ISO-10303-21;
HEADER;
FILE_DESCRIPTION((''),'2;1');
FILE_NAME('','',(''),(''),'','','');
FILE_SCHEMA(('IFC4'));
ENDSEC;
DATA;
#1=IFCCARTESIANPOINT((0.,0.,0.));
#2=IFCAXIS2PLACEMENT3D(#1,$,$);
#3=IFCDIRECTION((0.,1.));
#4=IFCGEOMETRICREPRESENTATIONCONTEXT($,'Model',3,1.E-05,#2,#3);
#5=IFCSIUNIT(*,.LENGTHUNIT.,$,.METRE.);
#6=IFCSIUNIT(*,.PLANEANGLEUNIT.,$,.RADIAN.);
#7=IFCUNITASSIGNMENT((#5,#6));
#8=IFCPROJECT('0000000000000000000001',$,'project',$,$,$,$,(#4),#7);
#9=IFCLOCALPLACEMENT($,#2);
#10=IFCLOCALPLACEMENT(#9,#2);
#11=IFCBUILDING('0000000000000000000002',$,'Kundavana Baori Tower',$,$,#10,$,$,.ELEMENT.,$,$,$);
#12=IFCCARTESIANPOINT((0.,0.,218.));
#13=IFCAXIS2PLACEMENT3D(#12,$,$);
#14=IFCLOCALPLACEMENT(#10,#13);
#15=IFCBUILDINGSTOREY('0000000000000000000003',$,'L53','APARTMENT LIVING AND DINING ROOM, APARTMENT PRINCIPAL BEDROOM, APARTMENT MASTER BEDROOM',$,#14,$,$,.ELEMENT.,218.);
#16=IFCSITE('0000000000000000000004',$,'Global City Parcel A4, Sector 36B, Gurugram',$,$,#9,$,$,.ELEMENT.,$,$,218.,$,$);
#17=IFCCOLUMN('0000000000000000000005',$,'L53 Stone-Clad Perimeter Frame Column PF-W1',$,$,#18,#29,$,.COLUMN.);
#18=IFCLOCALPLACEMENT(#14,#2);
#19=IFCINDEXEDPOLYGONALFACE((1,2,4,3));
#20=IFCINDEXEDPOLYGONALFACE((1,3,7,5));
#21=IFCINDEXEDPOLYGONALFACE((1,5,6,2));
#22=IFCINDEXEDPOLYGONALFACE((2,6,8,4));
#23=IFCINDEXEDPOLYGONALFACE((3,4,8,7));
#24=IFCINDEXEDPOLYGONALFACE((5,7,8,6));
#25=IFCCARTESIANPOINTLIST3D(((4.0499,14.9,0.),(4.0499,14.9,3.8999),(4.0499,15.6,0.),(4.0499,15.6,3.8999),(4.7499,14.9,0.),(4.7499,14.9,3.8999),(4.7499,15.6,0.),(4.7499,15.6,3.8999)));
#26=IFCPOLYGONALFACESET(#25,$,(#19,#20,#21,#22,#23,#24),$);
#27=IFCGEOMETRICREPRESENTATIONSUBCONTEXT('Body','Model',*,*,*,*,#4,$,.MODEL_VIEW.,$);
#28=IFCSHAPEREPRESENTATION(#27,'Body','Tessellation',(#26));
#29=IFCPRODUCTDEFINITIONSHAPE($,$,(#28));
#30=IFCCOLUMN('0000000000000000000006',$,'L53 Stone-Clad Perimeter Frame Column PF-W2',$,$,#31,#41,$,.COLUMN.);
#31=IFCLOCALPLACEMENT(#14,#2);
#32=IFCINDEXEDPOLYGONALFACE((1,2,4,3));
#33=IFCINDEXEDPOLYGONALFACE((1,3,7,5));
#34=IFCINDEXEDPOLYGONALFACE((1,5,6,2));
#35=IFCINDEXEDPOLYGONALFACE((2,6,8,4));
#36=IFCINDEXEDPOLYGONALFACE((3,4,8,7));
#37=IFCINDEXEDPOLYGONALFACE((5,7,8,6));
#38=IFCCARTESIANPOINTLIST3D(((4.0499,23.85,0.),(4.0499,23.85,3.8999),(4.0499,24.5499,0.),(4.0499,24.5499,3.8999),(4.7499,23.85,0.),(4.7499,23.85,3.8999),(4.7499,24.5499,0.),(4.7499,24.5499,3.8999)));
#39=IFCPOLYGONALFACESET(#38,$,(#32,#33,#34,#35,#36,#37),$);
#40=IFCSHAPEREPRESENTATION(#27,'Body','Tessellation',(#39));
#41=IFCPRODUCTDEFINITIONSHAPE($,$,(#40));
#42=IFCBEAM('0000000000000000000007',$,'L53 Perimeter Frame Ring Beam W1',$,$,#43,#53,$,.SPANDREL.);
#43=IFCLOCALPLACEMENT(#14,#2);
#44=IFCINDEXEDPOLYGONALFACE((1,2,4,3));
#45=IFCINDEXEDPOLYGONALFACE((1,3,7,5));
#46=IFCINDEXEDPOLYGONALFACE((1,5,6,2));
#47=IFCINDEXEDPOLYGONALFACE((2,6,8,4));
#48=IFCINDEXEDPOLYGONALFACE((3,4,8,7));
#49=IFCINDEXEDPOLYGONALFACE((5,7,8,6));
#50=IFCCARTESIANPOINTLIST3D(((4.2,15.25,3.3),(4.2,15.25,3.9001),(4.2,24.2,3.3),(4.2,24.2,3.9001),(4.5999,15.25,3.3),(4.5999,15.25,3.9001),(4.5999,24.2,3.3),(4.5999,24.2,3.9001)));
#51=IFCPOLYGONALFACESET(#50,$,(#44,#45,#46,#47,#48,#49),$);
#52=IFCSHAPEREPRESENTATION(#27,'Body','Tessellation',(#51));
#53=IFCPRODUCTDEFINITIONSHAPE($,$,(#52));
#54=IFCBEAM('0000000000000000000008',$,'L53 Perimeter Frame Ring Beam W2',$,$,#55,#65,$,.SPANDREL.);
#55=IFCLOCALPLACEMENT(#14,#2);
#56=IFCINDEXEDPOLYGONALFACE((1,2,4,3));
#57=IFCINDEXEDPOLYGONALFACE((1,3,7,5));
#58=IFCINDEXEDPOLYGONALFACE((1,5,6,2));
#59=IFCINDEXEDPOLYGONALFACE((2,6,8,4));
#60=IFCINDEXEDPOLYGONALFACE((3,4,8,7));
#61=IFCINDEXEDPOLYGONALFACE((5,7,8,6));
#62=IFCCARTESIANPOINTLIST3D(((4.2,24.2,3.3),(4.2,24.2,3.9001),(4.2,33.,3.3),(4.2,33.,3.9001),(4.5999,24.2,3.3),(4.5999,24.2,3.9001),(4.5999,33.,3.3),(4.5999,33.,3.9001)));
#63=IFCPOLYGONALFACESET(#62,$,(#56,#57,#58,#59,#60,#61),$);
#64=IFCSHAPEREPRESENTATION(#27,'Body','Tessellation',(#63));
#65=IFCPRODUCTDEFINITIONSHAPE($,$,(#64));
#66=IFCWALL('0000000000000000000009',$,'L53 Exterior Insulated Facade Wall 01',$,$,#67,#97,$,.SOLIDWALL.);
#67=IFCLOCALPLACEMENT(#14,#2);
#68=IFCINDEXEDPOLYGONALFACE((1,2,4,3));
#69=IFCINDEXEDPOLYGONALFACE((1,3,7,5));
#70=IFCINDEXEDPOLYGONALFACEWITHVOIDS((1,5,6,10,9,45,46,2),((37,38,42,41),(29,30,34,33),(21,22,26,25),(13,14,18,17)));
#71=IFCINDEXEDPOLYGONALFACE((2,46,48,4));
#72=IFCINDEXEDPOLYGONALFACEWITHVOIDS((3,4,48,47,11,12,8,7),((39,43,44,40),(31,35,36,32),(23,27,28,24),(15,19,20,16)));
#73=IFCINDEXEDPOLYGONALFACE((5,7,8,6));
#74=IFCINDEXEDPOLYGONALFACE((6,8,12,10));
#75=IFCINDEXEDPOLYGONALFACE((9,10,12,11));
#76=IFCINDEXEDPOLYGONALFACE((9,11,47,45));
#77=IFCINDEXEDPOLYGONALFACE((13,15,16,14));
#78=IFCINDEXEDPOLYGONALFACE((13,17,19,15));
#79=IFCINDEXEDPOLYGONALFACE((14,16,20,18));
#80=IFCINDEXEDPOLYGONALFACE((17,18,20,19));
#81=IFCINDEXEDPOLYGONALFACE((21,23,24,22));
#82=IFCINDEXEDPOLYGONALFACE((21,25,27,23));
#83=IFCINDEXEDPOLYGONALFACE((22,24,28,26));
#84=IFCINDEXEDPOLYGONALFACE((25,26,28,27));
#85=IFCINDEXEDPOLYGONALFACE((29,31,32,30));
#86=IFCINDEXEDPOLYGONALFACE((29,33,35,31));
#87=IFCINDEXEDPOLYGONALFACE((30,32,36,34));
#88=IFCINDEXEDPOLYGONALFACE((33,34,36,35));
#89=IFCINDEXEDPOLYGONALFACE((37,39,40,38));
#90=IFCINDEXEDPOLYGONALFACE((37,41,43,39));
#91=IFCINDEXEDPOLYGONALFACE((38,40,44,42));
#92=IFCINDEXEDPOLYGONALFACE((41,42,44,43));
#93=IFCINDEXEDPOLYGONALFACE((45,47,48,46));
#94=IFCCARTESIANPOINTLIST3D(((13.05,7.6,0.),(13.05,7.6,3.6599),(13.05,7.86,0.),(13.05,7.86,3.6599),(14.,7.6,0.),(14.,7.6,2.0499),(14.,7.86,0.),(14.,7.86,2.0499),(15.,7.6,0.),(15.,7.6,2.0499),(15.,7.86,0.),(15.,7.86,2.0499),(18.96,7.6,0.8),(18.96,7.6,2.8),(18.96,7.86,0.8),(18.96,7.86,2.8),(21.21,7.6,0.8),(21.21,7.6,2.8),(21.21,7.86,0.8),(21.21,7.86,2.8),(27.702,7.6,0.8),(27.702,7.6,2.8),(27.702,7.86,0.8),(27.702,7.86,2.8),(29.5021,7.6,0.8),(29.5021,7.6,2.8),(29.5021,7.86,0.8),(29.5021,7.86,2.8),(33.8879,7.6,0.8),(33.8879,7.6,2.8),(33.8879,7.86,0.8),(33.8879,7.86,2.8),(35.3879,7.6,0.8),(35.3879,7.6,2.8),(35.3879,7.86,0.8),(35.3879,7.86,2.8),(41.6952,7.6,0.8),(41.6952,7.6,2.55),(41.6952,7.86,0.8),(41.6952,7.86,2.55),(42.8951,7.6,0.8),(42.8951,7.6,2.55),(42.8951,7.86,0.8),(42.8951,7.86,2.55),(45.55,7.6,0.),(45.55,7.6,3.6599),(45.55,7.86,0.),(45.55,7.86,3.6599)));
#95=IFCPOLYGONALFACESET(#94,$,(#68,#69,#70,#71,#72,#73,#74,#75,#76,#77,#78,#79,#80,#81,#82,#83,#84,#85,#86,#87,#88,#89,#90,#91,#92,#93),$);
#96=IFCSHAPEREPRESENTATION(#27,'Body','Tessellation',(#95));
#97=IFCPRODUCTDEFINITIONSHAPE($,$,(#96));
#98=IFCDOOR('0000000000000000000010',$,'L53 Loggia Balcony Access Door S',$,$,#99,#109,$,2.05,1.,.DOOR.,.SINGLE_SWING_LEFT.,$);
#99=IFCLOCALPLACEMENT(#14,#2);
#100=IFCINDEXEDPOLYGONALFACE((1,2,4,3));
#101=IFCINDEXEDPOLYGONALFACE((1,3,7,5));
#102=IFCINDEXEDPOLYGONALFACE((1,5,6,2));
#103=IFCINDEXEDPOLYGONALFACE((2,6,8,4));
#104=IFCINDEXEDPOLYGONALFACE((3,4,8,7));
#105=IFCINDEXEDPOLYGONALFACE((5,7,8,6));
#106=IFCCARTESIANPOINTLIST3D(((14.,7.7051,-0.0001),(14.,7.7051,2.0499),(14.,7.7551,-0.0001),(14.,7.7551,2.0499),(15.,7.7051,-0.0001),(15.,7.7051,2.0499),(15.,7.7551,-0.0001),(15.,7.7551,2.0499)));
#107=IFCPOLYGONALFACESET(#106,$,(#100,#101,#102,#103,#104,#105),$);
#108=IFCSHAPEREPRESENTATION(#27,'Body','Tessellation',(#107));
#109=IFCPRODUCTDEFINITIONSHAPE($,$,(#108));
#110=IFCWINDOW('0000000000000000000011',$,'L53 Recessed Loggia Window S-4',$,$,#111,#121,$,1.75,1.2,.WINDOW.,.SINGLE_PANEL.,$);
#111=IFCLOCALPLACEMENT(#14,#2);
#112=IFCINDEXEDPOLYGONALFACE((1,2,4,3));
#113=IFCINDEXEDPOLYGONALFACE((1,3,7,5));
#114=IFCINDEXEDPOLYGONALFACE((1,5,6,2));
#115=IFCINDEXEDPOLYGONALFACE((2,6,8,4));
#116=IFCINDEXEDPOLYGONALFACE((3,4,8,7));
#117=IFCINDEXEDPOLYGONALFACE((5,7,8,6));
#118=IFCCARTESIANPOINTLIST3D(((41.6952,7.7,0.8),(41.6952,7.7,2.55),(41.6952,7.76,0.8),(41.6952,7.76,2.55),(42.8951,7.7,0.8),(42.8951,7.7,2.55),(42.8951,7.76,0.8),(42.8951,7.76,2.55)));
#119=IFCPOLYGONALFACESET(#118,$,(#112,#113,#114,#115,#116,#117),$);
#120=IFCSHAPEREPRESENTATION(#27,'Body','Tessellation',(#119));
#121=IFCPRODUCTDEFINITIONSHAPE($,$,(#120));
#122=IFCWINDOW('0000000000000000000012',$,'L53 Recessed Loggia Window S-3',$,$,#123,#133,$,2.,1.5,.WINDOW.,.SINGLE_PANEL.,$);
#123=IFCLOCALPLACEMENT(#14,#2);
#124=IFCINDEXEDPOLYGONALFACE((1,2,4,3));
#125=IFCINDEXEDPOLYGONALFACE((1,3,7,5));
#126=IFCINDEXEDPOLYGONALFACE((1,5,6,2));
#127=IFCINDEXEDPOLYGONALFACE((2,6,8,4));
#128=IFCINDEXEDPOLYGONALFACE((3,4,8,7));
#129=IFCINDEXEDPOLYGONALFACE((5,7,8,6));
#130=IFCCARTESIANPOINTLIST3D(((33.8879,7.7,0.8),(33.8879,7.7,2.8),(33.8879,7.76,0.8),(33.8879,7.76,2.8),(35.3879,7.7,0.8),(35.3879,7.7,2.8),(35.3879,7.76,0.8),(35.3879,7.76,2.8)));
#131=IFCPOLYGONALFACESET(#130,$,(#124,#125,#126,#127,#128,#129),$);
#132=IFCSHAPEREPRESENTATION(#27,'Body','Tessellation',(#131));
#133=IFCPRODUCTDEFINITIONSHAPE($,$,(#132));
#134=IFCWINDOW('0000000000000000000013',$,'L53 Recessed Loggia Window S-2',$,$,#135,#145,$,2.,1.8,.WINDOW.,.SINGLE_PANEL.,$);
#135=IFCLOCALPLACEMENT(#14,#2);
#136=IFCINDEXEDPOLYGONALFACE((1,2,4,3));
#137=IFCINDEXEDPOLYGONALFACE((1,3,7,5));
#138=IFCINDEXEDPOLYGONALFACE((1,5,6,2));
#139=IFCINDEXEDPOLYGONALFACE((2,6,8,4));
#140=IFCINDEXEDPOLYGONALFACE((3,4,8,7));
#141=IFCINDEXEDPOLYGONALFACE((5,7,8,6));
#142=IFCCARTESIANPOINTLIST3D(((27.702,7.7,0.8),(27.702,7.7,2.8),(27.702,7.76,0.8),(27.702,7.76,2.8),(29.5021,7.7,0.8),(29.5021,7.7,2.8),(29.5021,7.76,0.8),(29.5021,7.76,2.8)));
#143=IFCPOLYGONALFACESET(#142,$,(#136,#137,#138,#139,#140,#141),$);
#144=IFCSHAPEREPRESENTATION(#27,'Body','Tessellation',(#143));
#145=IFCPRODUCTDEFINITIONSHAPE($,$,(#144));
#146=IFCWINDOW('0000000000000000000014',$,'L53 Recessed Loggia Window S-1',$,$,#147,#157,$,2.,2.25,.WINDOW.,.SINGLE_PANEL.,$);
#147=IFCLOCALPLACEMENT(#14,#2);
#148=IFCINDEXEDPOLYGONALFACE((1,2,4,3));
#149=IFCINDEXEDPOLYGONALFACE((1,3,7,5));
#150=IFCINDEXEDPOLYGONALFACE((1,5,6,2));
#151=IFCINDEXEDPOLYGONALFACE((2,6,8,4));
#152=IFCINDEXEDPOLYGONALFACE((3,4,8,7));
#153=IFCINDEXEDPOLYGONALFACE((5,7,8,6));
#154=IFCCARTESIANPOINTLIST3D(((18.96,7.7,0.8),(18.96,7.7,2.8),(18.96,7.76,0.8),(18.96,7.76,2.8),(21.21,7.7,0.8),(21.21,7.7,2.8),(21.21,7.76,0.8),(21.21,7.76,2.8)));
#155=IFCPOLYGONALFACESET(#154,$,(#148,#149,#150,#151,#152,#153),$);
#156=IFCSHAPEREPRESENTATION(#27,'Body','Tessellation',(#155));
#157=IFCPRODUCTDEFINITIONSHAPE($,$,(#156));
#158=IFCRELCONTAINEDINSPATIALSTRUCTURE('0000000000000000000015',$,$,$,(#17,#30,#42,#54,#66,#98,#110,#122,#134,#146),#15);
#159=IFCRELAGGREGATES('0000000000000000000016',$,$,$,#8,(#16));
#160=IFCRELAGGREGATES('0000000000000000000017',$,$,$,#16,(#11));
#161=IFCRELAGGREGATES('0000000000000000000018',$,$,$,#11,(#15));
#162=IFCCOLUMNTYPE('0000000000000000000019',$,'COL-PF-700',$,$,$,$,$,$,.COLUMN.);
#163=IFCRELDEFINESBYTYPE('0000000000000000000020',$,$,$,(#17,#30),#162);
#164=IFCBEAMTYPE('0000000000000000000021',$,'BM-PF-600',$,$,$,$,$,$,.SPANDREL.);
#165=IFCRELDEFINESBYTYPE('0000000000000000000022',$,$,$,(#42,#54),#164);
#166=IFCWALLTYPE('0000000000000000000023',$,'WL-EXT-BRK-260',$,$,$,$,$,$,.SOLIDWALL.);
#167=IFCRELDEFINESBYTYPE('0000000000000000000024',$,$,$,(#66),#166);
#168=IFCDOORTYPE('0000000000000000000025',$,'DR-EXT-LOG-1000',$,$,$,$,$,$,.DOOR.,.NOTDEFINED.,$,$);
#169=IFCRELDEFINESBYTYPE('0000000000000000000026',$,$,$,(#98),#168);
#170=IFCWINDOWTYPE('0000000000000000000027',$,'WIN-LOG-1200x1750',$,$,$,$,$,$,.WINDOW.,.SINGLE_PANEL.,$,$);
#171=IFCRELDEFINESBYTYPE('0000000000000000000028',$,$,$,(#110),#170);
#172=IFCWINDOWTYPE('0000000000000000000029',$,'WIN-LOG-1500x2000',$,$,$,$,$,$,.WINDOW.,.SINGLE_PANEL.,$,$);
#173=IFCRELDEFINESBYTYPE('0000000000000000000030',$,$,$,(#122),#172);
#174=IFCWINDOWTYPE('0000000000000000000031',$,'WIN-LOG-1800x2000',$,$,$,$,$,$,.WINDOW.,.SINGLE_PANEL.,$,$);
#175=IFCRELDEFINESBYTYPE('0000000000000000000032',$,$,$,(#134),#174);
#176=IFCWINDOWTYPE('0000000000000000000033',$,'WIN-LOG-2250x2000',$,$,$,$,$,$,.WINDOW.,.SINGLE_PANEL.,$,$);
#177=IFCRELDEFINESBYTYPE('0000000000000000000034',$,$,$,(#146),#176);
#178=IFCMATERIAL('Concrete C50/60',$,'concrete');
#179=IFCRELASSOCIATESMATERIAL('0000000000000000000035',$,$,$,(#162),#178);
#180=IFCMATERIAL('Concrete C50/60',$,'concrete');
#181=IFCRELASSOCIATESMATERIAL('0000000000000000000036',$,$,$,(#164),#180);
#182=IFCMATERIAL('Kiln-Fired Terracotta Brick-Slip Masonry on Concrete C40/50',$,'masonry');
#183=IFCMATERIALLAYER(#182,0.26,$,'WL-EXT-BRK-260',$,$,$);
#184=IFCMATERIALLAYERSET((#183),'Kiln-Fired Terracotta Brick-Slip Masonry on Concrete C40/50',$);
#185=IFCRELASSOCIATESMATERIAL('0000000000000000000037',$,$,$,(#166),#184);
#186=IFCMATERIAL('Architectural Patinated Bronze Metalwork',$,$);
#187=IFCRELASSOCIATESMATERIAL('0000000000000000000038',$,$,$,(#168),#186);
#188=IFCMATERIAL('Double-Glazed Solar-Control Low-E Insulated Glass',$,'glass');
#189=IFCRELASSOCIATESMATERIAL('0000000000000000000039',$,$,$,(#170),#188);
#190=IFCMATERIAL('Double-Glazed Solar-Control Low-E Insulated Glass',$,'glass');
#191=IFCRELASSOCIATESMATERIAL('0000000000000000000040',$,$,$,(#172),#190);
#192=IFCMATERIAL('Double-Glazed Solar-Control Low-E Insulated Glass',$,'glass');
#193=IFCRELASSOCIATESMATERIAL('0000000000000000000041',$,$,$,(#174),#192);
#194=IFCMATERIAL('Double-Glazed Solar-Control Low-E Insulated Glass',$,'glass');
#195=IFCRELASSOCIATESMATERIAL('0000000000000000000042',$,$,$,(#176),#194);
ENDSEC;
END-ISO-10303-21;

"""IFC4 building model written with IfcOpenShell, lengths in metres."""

from ifc_helpers import new_model, si_unit, direction, frame, frame_2d, origin, origin_2d, place, context, subcontext, project, spatial, rectangle, extrude, material, layer, layer_set, material_profile, profile_set, type_object, element, fill, save


model = new_model("IFC4")

# Units and contexts
model_context = context("Model", 3, precision=1e-05, world=origin(), true_north=direction((0.0, 1.0)))
body_context = subcontext(model_context, "Body", "Model", "MODEL_VIEW")
ifc_project = project(units=[si_unit("LENGTHUNIT", "METRE"), si_unit("PLANEANGLEUNIT", "RADIAN")], contexts=[model_context])

# Site, building, storey
site_placement = place(None, origin())
site = spatial("IfcSite", under=ifc_project, at=site_placement, Name="Global City Parcel A4, Sector 36B, Gurugram", CompositionType="ELEMENT", RefElevation=218.0)
building_placement = place(site_placement, origin())
building = spatial("IfcBuilding", under=site, at=building_placement, Name="Kundavana Baori Tower", CompositionType="ELEMENT")
storey_placement = place(building_placement, frame((0.0, 0.0, 218.0)))
storey = spatial("IfcBuildingStorey", under=building, at=storey_placement, Name="L53", Description="APARTMENT LIVING AND DINING ROOM, APARTMENT PRINCIPAL BEDROOM, APARTMENT MASTER BEDROOM", CompositionType="ELEMENT", Elevation=218.0)

# Columns
ifc_material_1 = material(Name="Concrete C50/60", Category="concrete")
ifc_material_profile_1 = material_profile(ifc_material_1, rectangle(XDim=0.7, YDim=0.7, at=origin_2d()), Name="RC PF 700x700")
ifc_profile_set_1 = profile_set([ifc_material_profile_1], Name="Concrete C50/60")
column_type = type_object("IfcColumnType", Name="COL-PF-700", PredefinedType="COLUMN", material=ifc_profile_set_1)
for number, where, z_axis, x_axis, name in (
    (1, (4.3999, 15.25, 0.0), (0.0, 0.0, 1.0), (1.0, 0.0, 0.0), "L53 Stone-Clad Perimeter Frame Column PF-W1"),
    (2, (4.3999, 24.2, 0.0), (0.0, 0.0, 1.0), (1.0, 0.0, 0.0), "L53 Stone-Clad Perimeter Frame Column PF-W2"),
):
    element("IfcColumn", number, at=place(storey_placement, frame(where, z_axis=z_axis, x_axis=x_axis)), inside=storey, type_object=column_type, Name=name, PredefinedType="COLUMN", context=body_context, shape_type="SweptSolid", body=[
        extrude(rectangle(XDim=0.7, YDim=0.7, at=origin_2d()), origin(), (0.0, 0.0, 1.0), 3.8999),
    ])

# Beams
ifc_material_2 = material(Name="Concrete C50/60", Category="concrete")
ifc_material_profile_2 = material_profile(ifc_material_2, rectangle(XDim=0.3999, YDim=0.6001, at=origin_2d()), Name="RC BM 400x600")
ifc_profile_set_2 = profile_set([ifc_material_profile_2], Name="Concrete C50/60")
beam_type = type_object("IfcBeamType", Name="BM-PF-600", PredefinedType="SPANDREL", material=ifc_profile_set_2)
beam_1_placement = place(storey_placement, frame((4.3999, 15.25, 3.6001), z_axis=(0.0, 1.0, 0.0), x_axis=(-1.0, 0.0, 0.0)))
element("IfcBeam", 3, at=beam_1_placement, inside=storey, type_object=beam_type, Name="L53 Perimeter Frame Ring Beam W1", PredefinedType="SPANDREL", context=body_context, shape_type="SweptSolid", body=[
    extrude(rectangle(XDim=0.3999, YDim=0.6001, at=origin_2d()), origin(), (0.0, 0.0, 1.0), 8.95),
])
beam_2_placement = place(storey_placement, frame((4.3999, 24.2, 3.6001), z_axis=(0.0, 1.0, 0.0), x_axis=(-1.0, 0.0, 0.0)))
element("IfcBeam", 4, at=beam_2_placement, inside=storey, type_object=beam_type, Name="L53 Perimeter Frame Ring Beam W2", PredefinedType="SPANDREL", context=body_context, shape_type="SweptSolid", body=[
    extrude(rectangle(XDim=0.3999, YDim=0.6001, at=origin_2d()), origin(), (0.0, 0.0, 1.0), 8.8),
])

# Wall, openings, door, windows
ifc_material_3 = material(Name="Kiln-Fired Terracotta Brick-Slip Masonry on Concrete C40/50", Category="masonry")
ifc_layer_1 = layer(ifc_material_3, 0.26, Name="WL-EXT-BRK-260")
ifc_layer_set_1 = layer_set([ifc_layer_1], Name="Kiln-Fired Terracotta Brick-Slip Masonry on Concrete C40/50")
wall_type_1 = type_object("IfcWallType", Name="WL-EXT-BRK-260", PredefinedType="SOLIDWALL", material=ifc_layer_set_1)
wall_1_placement = place(storey_placement, frame((13.05, 7.73, 0.0), z_axis=(0.0, 0.0, 1.0), x_axis=(1.0, 0.0, 0.0)))
wall_1 = element("IfcWall", 5, at=wall_1_placement, inside=storey, type_object=wall_type_1, Name="L53 Exterior Insulated Facade Wall 01", PredefinedType="SOLIDWALL", context=body_context, shape_type="SweptSolid", body=[
    extrude(rectangle(XDim=32.5, YDim=0.26, at=frame_2d((16.25, 0.0))), origin(), (0.0, 0.0, 1.0), 3.6599),
])
opening_1_placement = place(wall_1_placement, frame((0.95, 0.0, 0.0)))
opening_1 = element("IfcOpeningElement", 6, at=opening_1_placement, cuts=wall_1, PredefinedType="OPENING", context=body_context, shape_type="SweptSolid", body=[
    extrude(rectangle(XDim=1.0, YDim=2.05, at=frame_2d((0.5, 1.0249))), frame((0.0, 0.1401, 0.0), z_axis=(0.0, -1.0, 0.0), x_axis=(1.0, 0.0, 0.0)), (0.0, 0.0, 1.0), 0.28),
])
opening_2_placement = place(wall_1_placement, frame((5.9099, 0.0, 0.8)))
opening_2 = element("IfcOpeningElement", 7, at=opening_2_placement, cuts=wall_1, PredefinedType="OPENING", context=body_context, shape_type="SweptSolid", body=[
    extrude(rectangle(XDim=2.25, YDim=2.0, at=frame_2d((1.125, 1.0))), frame((0.0, 0.1401, 0.0), z_axis=(0.0, -1.0, 0.0), x_axis=(1.0, 0.0, 0.0)), (0.0, 0.0, 1.0), 0.28),
])
opening_3_placement = place(wall_1_placement, frame((14.6521, 0.0, 0.8)))
opening_3 = element("IfcOpeningElement", 8, at=opening_3_placement, cuts=wall_1, PredefinedType="OPENING", context=body_context, shape_type="SweptSolid", body=[
    extrude(rectangle(XDim=1.8, YDim=2.0, at=frame_2d((0.8999, 1.0))), frame((0.0, 0.1401, 0.0), z_axis=(0.0, -1.0, 0.0), x_axis=(1.0, 0.0, 0.0)), (0.0, 0.0, 1.0), 0.28),
])
opening_4_placement = place(wall_1_placement, frame((20.8379, 0.0, 0.8)))
opening_4 = element("IfcOpeningElement", 9, at=opening_4_placement, cuts=wall_1, PredefinedType="OPENING", context=body_context, shape_type="SweptSolid", body=[
    extrude(rectangle(XDim=1.5, YDim=2.0, at=frame_2d((0.75, 1.0))), frame((0.0, 0.1401, 0.0), z_axis=(0.0, -1.0, 0.0), x_axis=(1.0, 0.0, 0.0)), (0.0, 0.0, 1.0), 0.28),
])
opening_5_placement = place(wall_1_placement, frame((28.645, 0.0, 0.8)))
opening_5 = element("IfcOpeningElement", 10, at=opening_5_placement, cuts=wall_1, PredefinedType="OPENING", context=body_context, shape_type="SweptSolid", body=[
    extrude(rectangle(XDim=1.2, YDim=1.75, at=frame_2d((0.6001, 0.875))), frame((0.0, 0.1401, 0.0), z_axis=(0.0, -1.0, 0.0), x_axis=(1.0, 0.0, 0.0)), (0.0, 0.0, 1.0), 0.28),
])
ifc_material_4 = material(Name="Architectural Patinated Bronze Metalwork")
door_type_1 = type_object("IfcDoorType", Name="DR-EXT-LOG-1000", OperationType="NOTDEFINED", PredefinedType="DOOR", material=ifc_material_4)
door_1_placement = place(opening_1_placement, frame((1.0, 0.0, 0.0), z_axis=(0.0, 0.0, 1.0), x_axis=(-1.0, 0.0, 0.0)))
door_1 = element("IfcDoor", 11, at=door_1_placement, inside=storey, type_object=door_type_1, Name="L53 Loggia Balcony Access Door S", OperationType="SINGLE_SWING_LEFT", OverallHeight=2.05, OverallWidth=1.0, PredefinedType="DOOR", context=body_context, shape_type="SweptSolid", body=[
    extrude(rectangle(XDim=1.0, YDim=2.05, at=frame_2d((0.5, 1.0249))), frame((0.0, 0.0249, 0.0), z_axis=(0.0, -1.0, 0.0), x_axis=(1.0, 0.0, 0.0)), (0.0, 0.0, 1.0), 0.05),
])
fill(opening_1, door_1)
ifc_material_5 = material(Name="Double-Glazed Solar-Control Low-E Insulated Glass", Category="glass")
window_type_1 = type_object("IfcWindowType", Name="WIN-LOG-1200x1750", PartitioningType="SINGLE_PANEL", PredefinedType="WINDOW", material=ifc_material_5)
window_1_placement = place(opening_5_placement, origin())
window_1 = element("IfcWindow", 12, at=window_1_placement, inside=storey, type_object=window_type_1, Name="L53 Recessed Loggia Window S-4", OverallHeight=1.75, OverallWidth=1.2, PartitioningType="SINGLE_PANEL", PredefinedType="WINDOW", context=body_context, shape_type="SweptSolid", body=[
    extrude(rectangle(XDim=1.2, YDim=1.75, at=frame_2d((0.6001, 0.875))), frame((0.0, 0.03, 0.0), z_axis=(0.0, -1.0, 0.0), x_axis=(1.0, 0.0, 0.0)), (0.0, 0.0, 1.0), 0.0601),
])
fill(opening_5, window_1)
ifc_material_6 = material(Name="Double-Glazed Solar-Control Low-E Insulated Glass", Category="glass")
window_type_2 = type_object("IfcWindowType", Name="WIN-LOG-1500x2000", PartitioningType="SINGLE_PANEL", PredefinedType="WINDOW", material=ifc_material_6)
window_2_placement = place(opening_4_placement, origin())
window_2 = element("IfcWindow", 13, at=window_2_placement, inside=storey, type_object=window_type_2, Name="L53 Recessed Loggia Window S-3", OverallHeight=2.0, OverallWidth=1.5, PartitioningType="SINGLE_PANEL", PredefinedType="WINDOW", context=body_context, shape_type="SweptSolid", body=[
    extrude(rectangle(XDim=1.5, YDim=2.0, at=frame_2d((0.75, 1.0))), frame((0.0, 0.03, 0.0), z_axis=(0.0, -1.0, 0.0), x_axis=(1.0, 0.0, 0.0)), (0.0, 0.0, 1.0), 0.0601),
])
fill(opening_4, window_2)
ifc_material_7 = material(Name="Double-Glazed Solar-Control Low-E Insulated Glass", Category="glass")
window_type_3 = type_object("IfcWindowType", Name="WIN-LOG-1800x2000", PartitioningType="SINGLE_PANEL", PredefinedType="WINDOW", material=ifc_material_7)
window_3_placement = place(opening_3_placement, origin())
window_3 = element("IfcWindow", 14, at=window_3_placement, inside=storey, type_object=window_type_3, Name="L53 Recessed Loggia Window S-2", OverallHeight=2.0, OverallWidth=1.8, PartitioningType="SINGLE_PANEL", PredefinedType="WINDOW", context=body_context, shape_type="SweptSolid", body=[
    extrude(rectangle(XDim=1.8, YDim=2.0, at=frame_2d((0.8999, 1.0))), frame((0.0, 0.03, 0.0), z_axis=(0.0, -1.0, 0.0), x_axis=(1.0, 0.0, 0.0)), (0.0, 0.0, 1.0), 0.0601),
])
fill(opening_3, window_3)
ifc_material_8 = material(Name="Double-Glazed Solar-Control Low-E Insulated Glass", Category="glass")
window_type_4 = type_object("IfcWindowType", Name="WIN-LOG-2250x2000", PartitioningType="SINGLE_PANEL", PredefinedType="WINDOW", material=ifc_material_8)
window_4_placement = place(opening_2_placement, origin())
window_4 = element("IfcWindow", 15, at=window_4_placement, inside=storey, type_object=window_type_4, Name="L53 Recessed Loggia Window S-1", OverallHeight=2.0, OverallWidth=2.25, PartitioningType="SINGLE_PANEL", PredefinedType="WINDOW", context=body_context, shape_type="SweptSolid", body=[
    extrude(rectangle(XDim=2.25, YDim=2.0, at=frame_2d((1.125, 1.0))), frame((0.0, 0.03, 0.0), z_axis=(0.0, -1.0, 0.0), x_axis=(1.0, 0.0, 0.0)), (0.0, 0.0, 1.0), 0.0601),
])
fill(opening_2, window_4)

save(model, "model.ifc")
